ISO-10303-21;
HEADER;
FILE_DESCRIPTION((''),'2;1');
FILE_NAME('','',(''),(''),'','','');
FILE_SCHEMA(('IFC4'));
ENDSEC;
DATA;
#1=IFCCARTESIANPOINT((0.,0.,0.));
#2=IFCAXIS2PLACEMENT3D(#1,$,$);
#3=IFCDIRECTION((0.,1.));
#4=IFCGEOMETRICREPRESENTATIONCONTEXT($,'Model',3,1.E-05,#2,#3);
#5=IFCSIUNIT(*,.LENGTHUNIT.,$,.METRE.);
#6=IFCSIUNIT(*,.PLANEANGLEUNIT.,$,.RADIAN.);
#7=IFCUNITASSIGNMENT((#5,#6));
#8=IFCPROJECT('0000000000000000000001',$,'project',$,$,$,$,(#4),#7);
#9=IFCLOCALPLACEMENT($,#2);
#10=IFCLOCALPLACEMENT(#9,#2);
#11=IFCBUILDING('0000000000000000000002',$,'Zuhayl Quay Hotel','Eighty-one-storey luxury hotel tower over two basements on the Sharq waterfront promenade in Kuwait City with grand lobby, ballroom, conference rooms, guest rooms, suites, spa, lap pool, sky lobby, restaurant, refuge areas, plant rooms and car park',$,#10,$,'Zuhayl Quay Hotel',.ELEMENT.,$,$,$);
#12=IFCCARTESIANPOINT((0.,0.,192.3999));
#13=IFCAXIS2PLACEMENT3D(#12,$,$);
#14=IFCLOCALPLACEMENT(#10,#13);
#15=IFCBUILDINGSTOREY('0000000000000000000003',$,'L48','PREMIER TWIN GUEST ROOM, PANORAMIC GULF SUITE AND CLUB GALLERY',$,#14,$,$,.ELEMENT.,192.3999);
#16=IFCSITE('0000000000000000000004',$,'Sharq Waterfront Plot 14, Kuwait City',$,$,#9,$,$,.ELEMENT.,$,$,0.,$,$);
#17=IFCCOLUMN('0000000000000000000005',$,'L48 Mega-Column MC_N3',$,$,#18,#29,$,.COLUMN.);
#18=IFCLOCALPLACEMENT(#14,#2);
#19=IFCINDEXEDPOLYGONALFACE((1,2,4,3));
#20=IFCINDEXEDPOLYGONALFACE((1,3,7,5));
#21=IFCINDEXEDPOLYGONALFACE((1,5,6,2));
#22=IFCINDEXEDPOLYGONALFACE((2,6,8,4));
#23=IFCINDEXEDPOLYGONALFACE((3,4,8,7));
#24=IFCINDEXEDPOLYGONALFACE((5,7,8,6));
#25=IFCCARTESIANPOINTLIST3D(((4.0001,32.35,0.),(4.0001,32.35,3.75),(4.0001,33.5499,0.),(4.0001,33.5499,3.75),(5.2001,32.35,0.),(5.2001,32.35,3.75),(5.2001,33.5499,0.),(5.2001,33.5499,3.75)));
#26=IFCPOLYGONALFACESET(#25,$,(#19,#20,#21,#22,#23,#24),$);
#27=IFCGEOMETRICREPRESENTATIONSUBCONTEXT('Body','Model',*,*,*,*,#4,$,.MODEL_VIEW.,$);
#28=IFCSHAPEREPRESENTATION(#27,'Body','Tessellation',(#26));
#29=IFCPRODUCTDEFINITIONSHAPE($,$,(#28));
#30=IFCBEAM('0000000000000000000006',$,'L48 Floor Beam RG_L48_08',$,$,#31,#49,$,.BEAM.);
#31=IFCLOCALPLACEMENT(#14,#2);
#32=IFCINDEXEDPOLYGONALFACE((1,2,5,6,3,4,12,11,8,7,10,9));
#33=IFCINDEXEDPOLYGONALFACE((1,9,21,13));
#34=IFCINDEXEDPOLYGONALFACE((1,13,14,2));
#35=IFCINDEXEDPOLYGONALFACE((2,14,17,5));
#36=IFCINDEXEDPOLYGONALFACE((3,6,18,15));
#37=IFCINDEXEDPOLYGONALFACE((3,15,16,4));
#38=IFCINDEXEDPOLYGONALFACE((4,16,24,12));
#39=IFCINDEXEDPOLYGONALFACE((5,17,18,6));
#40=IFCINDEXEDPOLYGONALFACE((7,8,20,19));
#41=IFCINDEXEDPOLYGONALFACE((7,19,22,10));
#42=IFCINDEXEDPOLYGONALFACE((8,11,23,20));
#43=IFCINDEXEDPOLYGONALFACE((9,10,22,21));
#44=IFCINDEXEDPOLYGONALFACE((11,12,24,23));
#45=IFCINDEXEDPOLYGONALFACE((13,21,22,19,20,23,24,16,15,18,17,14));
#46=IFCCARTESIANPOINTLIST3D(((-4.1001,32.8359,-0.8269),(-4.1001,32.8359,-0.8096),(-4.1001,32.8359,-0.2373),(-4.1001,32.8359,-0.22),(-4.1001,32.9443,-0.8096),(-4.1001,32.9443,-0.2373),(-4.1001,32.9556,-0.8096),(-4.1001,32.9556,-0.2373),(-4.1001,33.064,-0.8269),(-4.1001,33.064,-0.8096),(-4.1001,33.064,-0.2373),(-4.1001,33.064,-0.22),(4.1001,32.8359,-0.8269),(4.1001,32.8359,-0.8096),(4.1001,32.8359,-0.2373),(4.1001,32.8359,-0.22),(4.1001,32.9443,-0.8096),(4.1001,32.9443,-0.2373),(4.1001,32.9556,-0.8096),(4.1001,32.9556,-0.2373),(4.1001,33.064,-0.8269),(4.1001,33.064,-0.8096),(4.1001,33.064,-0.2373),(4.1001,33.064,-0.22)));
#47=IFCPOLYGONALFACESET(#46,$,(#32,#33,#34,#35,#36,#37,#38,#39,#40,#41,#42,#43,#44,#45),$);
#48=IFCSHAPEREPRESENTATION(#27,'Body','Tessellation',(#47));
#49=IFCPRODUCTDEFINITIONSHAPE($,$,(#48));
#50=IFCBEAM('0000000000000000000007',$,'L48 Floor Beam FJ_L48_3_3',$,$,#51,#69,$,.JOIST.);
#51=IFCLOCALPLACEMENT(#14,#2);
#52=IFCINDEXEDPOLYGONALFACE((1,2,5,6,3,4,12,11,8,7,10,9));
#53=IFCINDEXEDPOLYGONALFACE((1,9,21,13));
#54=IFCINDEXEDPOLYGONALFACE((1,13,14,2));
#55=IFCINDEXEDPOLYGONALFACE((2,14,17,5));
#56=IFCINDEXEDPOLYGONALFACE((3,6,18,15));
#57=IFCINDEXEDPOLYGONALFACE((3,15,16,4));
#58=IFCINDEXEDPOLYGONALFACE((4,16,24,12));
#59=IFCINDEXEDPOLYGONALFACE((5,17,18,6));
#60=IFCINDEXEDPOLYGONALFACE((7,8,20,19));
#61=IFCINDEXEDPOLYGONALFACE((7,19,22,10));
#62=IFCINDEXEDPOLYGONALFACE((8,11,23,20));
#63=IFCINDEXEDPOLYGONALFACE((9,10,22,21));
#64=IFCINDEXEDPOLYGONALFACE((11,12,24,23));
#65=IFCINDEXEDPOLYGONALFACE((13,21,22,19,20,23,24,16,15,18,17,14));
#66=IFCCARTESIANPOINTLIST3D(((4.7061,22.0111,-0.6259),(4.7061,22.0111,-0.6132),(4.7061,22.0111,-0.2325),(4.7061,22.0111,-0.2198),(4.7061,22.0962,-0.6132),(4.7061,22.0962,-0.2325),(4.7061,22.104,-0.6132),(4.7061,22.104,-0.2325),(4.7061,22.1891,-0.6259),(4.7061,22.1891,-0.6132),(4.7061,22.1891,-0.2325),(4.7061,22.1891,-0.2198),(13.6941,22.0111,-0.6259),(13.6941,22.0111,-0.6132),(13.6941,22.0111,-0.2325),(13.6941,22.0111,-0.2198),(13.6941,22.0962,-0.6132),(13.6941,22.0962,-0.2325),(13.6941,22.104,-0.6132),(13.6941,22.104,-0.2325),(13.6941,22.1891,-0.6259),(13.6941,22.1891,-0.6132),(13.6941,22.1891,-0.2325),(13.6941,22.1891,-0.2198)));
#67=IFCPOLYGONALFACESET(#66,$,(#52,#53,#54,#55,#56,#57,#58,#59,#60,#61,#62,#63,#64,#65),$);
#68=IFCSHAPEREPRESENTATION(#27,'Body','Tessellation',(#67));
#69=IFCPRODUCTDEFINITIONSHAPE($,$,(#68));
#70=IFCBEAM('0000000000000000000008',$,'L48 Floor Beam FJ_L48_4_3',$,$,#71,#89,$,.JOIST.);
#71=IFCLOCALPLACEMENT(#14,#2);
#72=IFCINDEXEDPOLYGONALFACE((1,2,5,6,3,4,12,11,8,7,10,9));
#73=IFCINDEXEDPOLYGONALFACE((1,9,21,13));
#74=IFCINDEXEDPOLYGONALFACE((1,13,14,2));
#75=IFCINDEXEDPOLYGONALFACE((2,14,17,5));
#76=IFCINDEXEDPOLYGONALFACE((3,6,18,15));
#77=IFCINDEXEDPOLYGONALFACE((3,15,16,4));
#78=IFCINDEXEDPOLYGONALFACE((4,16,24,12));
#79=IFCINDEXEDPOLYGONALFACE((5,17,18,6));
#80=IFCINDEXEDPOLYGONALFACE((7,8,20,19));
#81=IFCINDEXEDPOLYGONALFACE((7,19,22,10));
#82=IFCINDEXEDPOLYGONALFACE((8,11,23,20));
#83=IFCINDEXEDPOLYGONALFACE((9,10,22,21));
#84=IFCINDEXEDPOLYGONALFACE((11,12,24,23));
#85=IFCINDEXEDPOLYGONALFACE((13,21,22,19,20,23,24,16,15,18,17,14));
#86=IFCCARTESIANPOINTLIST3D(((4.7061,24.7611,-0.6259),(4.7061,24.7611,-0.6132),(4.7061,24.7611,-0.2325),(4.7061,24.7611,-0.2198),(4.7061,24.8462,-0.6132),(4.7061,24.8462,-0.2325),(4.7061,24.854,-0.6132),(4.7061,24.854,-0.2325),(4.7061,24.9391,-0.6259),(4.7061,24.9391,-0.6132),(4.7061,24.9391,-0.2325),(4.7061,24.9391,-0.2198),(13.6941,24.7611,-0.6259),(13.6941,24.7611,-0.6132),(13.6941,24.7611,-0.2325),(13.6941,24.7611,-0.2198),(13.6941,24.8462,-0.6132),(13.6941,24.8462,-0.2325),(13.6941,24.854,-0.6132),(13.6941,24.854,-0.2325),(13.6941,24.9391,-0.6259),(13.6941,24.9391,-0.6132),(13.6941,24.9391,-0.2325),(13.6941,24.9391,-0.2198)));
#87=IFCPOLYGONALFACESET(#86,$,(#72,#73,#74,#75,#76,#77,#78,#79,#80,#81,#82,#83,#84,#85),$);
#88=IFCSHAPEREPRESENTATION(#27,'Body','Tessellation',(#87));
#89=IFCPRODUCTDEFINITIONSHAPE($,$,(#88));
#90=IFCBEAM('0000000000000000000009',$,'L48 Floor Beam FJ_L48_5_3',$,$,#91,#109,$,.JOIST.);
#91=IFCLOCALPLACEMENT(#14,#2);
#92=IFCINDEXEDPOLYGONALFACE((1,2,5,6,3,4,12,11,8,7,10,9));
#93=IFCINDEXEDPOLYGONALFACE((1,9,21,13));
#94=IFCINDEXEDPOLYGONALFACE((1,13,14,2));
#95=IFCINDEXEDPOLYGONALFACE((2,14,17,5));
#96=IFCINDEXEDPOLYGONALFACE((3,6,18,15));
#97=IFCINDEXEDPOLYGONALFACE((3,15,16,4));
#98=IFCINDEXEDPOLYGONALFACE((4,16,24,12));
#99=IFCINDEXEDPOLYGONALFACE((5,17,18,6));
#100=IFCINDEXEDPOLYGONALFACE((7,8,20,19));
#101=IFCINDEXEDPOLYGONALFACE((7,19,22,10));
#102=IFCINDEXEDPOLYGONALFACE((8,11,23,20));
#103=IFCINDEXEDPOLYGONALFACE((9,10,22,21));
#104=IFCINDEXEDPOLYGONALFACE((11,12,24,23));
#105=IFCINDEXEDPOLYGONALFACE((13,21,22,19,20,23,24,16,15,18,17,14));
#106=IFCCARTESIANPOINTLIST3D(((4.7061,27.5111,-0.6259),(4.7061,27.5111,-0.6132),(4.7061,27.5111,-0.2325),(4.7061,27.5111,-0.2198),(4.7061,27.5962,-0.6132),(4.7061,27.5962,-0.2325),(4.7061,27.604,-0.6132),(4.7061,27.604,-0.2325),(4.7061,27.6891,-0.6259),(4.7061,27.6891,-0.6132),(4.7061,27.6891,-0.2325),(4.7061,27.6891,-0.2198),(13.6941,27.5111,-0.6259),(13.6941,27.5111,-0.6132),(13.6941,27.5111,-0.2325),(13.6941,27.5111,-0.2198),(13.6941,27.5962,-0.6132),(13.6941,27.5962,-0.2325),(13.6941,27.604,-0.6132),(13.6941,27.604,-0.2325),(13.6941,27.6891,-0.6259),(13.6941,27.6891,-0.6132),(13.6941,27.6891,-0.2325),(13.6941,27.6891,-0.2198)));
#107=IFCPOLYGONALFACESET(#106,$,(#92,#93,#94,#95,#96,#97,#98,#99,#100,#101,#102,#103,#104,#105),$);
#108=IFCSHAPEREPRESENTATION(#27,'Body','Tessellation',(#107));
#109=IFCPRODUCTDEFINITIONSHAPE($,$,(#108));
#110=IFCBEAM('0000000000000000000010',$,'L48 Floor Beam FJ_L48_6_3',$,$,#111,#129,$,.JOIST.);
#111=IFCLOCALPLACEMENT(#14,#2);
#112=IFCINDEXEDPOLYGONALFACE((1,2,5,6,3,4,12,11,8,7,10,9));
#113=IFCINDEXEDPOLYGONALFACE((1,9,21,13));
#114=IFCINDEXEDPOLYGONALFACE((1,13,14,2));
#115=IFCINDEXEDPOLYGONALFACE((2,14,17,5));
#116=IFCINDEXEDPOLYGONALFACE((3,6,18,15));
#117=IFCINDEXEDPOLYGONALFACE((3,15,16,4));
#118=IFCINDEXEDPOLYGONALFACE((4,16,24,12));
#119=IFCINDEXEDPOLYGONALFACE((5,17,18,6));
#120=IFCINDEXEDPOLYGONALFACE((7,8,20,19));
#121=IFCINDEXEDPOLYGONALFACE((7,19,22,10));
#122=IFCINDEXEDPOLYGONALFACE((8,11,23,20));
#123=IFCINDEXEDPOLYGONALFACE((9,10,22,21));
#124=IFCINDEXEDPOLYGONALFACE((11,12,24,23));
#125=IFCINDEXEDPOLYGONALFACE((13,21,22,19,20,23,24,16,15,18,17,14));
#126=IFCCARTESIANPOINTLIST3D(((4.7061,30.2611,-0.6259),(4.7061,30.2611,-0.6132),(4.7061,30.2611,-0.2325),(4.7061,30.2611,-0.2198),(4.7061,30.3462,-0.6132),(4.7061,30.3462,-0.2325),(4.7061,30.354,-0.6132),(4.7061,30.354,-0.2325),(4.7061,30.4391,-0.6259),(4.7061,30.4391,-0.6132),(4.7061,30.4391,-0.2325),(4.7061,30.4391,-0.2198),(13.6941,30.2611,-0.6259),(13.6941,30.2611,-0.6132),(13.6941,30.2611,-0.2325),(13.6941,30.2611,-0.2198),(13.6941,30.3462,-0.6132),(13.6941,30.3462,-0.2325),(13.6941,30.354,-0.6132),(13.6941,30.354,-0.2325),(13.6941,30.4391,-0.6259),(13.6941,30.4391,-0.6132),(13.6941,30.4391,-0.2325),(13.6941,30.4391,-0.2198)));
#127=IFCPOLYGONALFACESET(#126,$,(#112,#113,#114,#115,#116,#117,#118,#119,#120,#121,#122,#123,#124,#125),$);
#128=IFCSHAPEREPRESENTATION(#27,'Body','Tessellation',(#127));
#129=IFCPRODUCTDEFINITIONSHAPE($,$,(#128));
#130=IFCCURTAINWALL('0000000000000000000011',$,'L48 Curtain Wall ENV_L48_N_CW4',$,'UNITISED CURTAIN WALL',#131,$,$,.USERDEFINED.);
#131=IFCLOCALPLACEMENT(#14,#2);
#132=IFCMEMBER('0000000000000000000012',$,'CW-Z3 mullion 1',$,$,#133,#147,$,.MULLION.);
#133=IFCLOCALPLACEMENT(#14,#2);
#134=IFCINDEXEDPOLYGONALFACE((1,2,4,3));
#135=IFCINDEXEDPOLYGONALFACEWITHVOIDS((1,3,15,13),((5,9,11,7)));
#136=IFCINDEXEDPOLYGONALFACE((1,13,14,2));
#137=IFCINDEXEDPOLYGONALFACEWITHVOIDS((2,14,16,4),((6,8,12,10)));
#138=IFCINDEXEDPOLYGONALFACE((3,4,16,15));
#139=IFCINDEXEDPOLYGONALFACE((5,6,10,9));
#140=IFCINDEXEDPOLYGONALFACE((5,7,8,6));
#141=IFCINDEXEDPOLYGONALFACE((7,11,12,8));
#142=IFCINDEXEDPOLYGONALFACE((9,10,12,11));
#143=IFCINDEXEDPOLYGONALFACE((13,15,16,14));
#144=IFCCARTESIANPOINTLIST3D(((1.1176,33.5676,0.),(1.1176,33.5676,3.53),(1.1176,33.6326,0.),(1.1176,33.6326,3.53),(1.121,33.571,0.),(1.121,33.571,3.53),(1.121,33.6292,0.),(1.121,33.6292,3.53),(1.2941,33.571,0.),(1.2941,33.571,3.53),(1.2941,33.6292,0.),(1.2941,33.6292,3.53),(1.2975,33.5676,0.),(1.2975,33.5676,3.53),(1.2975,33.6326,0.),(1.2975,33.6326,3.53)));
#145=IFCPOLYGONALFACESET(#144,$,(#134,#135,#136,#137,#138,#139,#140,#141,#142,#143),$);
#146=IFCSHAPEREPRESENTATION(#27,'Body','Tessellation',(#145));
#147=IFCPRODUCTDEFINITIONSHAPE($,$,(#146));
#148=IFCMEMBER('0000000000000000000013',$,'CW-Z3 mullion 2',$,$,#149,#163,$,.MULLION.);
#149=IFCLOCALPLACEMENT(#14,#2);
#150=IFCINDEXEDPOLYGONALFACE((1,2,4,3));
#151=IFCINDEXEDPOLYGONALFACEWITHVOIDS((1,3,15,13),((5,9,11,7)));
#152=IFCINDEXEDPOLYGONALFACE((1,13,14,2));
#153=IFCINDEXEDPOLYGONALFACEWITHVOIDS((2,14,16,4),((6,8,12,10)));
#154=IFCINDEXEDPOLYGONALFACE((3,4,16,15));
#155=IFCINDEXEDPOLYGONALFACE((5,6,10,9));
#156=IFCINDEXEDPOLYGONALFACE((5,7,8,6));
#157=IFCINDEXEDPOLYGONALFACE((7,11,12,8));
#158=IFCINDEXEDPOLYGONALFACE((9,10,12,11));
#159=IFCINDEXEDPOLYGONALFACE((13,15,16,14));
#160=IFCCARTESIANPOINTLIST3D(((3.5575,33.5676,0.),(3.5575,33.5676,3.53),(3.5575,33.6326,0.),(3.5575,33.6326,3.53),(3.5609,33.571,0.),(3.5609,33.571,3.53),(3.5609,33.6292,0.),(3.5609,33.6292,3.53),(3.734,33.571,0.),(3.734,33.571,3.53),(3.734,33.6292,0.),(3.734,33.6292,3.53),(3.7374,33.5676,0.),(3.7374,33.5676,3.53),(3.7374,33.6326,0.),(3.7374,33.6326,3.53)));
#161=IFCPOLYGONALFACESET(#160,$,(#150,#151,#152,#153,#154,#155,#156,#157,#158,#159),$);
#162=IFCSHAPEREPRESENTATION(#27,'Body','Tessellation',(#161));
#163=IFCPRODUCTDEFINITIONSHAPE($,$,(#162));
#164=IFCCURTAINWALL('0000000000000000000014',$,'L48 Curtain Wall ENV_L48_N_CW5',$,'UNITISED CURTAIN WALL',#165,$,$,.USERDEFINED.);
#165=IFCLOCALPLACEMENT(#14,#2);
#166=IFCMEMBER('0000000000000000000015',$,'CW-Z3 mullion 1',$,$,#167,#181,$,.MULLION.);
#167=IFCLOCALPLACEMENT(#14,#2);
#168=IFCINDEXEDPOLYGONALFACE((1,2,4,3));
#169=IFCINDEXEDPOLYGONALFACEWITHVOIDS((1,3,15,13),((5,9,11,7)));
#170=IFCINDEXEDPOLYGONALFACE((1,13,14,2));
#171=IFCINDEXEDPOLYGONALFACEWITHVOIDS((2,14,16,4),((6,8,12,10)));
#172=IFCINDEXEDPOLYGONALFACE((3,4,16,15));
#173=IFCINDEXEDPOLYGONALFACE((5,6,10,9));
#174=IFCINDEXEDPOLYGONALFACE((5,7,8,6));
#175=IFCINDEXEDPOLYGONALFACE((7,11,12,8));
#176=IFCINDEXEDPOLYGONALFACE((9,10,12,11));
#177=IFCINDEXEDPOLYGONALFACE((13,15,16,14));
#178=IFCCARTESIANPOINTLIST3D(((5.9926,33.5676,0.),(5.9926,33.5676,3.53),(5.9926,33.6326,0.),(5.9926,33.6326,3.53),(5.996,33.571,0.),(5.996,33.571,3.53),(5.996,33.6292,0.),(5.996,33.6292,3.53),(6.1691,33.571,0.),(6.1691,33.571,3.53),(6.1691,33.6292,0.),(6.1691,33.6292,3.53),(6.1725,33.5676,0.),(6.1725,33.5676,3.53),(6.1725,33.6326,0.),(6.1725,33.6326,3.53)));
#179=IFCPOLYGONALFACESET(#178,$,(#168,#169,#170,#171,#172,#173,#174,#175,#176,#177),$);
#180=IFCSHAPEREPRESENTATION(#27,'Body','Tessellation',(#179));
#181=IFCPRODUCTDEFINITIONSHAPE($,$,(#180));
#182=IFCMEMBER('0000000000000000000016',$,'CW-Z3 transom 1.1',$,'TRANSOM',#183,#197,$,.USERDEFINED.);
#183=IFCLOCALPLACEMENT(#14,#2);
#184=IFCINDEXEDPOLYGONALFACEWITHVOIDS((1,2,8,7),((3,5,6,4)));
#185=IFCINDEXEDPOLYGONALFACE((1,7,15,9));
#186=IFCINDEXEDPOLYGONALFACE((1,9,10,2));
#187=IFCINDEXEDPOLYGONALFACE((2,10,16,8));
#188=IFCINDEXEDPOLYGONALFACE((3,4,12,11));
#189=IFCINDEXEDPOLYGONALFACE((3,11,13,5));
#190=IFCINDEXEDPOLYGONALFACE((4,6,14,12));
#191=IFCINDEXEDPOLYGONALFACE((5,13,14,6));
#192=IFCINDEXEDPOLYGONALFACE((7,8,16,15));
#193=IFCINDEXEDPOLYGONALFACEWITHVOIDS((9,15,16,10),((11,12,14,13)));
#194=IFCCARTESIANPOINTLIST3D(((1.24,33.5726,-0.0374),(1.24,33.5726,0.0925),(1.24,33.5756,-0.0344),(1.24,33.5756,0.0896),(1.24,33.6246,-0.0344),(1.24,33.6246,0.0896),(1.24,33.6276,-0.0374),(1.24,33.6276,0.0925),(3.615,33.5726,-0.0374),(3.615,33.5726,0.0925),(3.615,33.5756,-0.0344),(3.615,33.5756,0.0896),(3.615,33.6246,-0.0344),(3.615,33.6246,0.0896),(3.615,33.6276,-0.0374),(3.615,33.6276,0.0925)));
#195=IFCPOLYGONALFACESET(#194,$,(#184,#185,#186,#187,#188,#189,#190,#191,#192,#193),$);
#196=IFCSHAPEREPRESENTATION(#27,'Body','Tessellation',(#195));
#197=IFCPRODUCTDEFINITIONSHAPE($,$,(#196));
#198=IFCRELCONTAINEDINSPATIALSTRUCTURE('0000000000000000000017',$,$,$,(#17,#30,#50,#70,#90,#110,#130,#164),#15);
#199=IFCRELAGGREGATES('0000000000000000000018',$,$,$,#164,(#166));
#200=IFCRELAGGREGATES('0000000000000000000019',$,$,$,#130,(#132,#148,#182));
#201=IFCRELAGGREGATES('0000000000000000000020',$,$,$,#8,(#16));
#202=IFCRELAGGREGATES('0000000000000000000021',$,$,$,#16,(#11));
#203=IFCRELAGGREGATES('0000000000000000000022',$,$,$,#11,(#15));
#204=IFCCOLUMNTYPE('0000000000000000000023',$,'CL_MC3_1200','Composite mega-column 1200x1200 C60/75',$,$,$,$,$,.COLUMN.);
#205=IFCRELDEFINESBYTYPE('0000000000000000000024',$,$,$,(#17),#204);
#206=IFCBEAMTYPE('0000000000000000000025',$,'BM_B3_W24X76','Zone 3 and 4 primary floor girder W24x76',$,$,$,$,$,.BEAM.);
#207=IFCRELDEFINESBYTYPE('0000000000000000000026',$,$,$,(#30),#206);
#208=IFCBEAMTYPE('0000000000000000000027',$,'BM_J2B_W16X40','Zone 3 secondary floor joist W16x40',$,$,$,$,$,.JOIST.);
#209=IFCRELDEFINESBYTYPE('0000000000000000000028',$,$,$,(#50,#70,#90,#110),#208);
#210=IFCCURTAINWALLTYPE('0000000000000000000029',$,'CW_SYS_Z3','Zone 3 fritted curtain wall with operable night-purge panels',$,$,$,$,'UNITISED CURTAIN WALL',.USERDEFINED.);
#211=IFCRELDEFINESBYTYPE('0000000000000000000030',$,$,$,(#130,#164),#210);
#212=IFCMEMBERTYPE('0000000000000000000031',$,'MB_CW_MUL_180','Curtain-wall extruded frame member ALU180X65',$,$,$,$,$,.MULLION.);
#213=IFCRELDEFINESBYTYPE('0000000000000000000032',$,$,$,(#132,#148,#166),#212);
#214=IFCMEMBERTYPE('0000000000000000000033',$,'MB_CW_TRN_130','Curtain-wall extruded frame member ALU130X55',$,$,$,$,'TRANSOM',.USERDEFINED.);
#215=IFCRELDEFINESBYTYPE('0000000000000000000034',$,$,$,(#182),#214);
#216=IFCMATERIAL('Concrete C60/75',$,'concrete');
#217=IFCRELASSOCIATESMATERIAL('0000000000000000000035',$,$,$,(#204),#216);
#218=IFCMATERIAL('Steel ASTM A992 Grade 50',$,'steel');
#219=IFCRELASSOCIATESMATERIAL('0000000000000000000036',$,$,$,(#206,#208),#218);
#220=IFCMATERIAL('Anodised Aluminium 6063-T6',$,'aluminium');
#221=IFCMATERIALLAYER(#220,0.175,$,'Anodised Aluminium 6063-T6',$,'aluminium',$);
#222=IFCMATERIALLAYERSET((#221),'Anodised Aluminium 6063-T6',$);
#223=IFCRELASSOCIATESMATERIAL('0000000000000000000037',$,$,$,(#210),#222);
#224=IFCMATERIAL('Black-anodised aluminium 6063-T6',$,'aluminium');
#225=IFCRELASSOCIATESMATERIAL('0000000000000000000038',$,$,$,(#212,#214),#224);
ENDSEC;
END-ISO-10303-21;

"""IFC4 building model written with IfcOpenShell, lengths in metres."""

from ifc_helpers import new_model, si_unit, direction, frame, origin, origin_2d, place, context, subcontext, project, spatial, rectangle, hollow_rectangle, i_section, extrude, material, layer, layer_set, material_profile, profile_set, type_object, element, aggregate, save


model = new_model("IFC4")

# Units and contexts
model_context = context("Model", 3, precision=1e-05, world=origin(), true_north=direction((0.0, 1.0)))
body_context = subcontext(model_context, "Body", "Model", "MODEL_VIEW")
ifc_project = project(units=[si_unit("LENGTHUNIT", "METRE"), si_unit("PLANEANGLEUNIT", "RADIAN")], contexts=[model_context])

# Site, building, storey
site_placement = place(None, origin())
site = spatial("IfcSite", under=ifc_project, at=site_placement, Name="Sharq Waterfront Plot 14, Kuwait City", CompositionType="ELEMENT", RefElevation=0.0)
building_placement = place(site_placement, origin())
building = spatial("IfcBuilding", under=site, at=building_placement, Name="Zuhayl Quay Hotel", Description="Eighty-one-storey luxury hotel tower over two basements on the Sharq waterfront promenade in Kuwait City with grand lobby, ballroom, conference rooms, guest rooms, suites, spa, lap pool, sky lobby, restaurant, refuge areas, plant rooms and car park", LongName="Zuhayl Quay Hotel", CompositionType="ELEMENT")
storey_placement = place(building_placement, frame((0.0, 0.0, 192.3999)))
storey = spatial("IfcBuildingStorey", under=building, at=storey_placement, Name="L48", Description="PREMIER TWIN GUEST ROOM, PANORAMIC GULF SUITE AND CLUB GALLERY", CompositionType="ELEMENT", Elevation=192.3999)

# Column
ifc_material_1 = material(Name="Concrete C60/75", Category="concrete")
ifc_material_profile_1 = material_profile(ifc_material_1, rectangle(XDim=1.2, YDim=1.2, at=origin_2d()), Name="RC1200X1200")
ifc_profile_set_1 = profile_set([ifc_material_profile_1], Name="Concrete C60/75")
column_type = type_object("IfcColumnType", Name="CL_MC3_1200", Description="Composite mega-column 1200x1200 C60/75", PredefinedType="COLUMN", material=ifc_profile_set_1)
column_placement = place(storey_placement, frame((4.6001, 32.95, 0.0), z_axis=(0.0, 0.0, 1.0), x_axis=(1.0, 0.0, 0.0)))
element("IfcColumn", 1, at=column_placement, inside=storey, type_object=column_type, Name="L48 Mega-Column MC_N3", PredefinedType="COLUMN", context=body_context, shape_type="SweptSolid", body=[
    extrude(rectangle(XDim=1.2, YDim=1.2, at=origin_2d()), origin(), (0.0, 0.0, 1.0), 3.75),
])

# Beams
ifc_material_2 = material(Name="Steel ASTM A992 Grade 50", Category="steel")
ifc_material_profile_2 = material_profile(ifc_material_2, i_section(OverallWidth=0.228, OverallDepth=0.6069, WebThickness=0.0112, FlangeThickness=0.0173, at=origin_2d()), Name="W24X76")
ifc_profile_set_2 = profile_set([ifc_material_profile_2], Name="Steel ASTM A992 Grade 50")
beam_type_1 = type_object("IfcBeamType", Name="BM_B3_W24X76", Description="Zone 3 and 4 primary floor girder W24x76", PredefinedType="BEAM", material=ifc_profile_set_2)
beam_placement = place(storey_placement, frame((4.1001, 32.95, -0.5234), z_axis=(-1.0, 0.0, 0.0), x_axis=(0.0, -1.0, 0.0)))
element("IfcBeam", 2, at=beam_placement, inside=storey, type_object=beam_type_1, Name="L48 Floor Beam RG_L48_08", PredefinedType="BEAM", context=body_context, shape_type="SweptSolid", body=[
    extrude(i_section(OverallWidth=0.228, OverallDepth=0.6069, WebThickness=0.0112, FlangeThickness=0.0173, at=origin_2d()), origin(), (0.0, 0.0, 1.0), 8.2002),
])
ifc_material_profile_3 = material_profile(ifc_material_2, i_section(OverallWidth=0.178, OverallDepth=0.406, WebThickness=0.0078, FlangeThickness=0.0127, at=origin_2d()), Name="W16X40")
ifc_profile_set_3 = profile_set([ifc_material_profile_3], Name="Steel ASTM A992 Grade 50")
beam_type_2 = type_object("IfcBeamType", Name="BM_J2B_W16X40", Description="Zone 3 secondary floor joist W16x40", PredefinedType="JOIST", material=ifc_profile_set_3)
for number, where, z_axis, x_axis, name in (
    (3, (4.7061, 22.1001, -0.4229), (1.0, 0.0, 0.0), (0.0, 1.0, 0.0), "L48 Floor Beam FJ_L48_3_3"),
    (4, (4.7061, 24.8501, -0.4229), (1.0, 0.0, 0.0), (0.0, 1.0, 0.0), "L48 Floor Beam FJ_L48_4_3"),
    (5, (4.7061, 27.6001, -0.4229), (1.0, 0.0, 0.0), (0.0, 1.0, 0.0), "L48 Floor Beam FJ_L48_5_3"),
    (6, (4.7061, 30.3501, -0.4229), (1.0, 0.0, 0.0), (0.0, 1.0, 0.0), "L48 Floor Beam FJ_L48_6_3"),
):
    element("IfcBeam", number, at=place(storey_placement, frame(where, z_axis=z_axis, x_axis=x_axis)), inside=storey, type_object=beam_type_2, Name=name, PredefinedType="JOIST", context=body_context, shape_type="SweptSolid", body=[
        extrude(i_section(OverallWidth=0.178, OverallDepth=0.406, WebThickness=0.0078, FlangeThickness=0.0127, at=origin_2d()), origin(), (0.0, 0.0, 1.0), 8.988),
    ])

# Curtain wall, members
ifc_material_3 = material(Name="Anodised Aluminium 6063-T6", Category="aluminium")
ifc_layer_1 = layer(ifc_material_3, 0.175, Name="Anodised Aluminium 6063-T6", Category="aluminium")
ifc_layer_set_1 = layer_set([ifc_layer_1], Name="Anodised Aluminium 6063-T6")
curtain_wall_type = type_object("IfcCurtainWallType", Name="CW_SYS_Z3", Description="Zone 3 fritted curtain wall with operable night-purge panels", ElementType="UNITISED CURTAIN WALL", PredefinedType="USERDEFINED", material=ifc_layer_set_1)
curtain_wall_1_placement = place(storey_placement, origin())
curtain_wall_1 = element("IfcCurtainWall", 7, at=curtain_wall_1_placement, inside=storey, type_object=curtain_wall_type, Name="L48 Curtain Wall ENV_L48_N_CW4", ObjectType="UNITISED CURTAIN WALL", PredefinedType="USERDEFINED")
ifc_material_4 = material(Name="Black-anodised aluminium 6063-T6", Category="aluminium")
ifc_material_profile_4 = material_profile(ifc_material_4, hollow_rectangle(XDim=0.0649, YDim=0.1799, WallThickness=0.0034, at=origin_2d()), Name="ALU180X65")
ifc_profile_set_4 = profile_set([ifc_material_profile_4], Name="Black-anodised aluminium 6063-T6")
member_type_1 = type_object("IfcMemberType", Name="MB_CW_MUL_180", Description="Curtain-wall extruded frame member ALU180X65", PredefinedType="MULLION", material=ifc_profile_set_4)
member_1_placement = place(storey_placement, frame((1.2075, 33.6001, 0.0), z_axis=(0.0, 0.0, 1.0), x_axis=(0.0, 1.0, 0.0)))
member_1 = element("IfcMember", 8, at=member_1_placement, type_object=member_type_1, Name="CW-Z3 mullion 1", PredefinedType="MULLION", context=body_context, shape_type="SweptSolid", body=[
    extrude(hollow_rectangle(XDim=0.0649, YDim=0.1799, WallThickness=0.0034, at=origin_2d()), origin(), (0.0, 0.0, 1.0), 3.53),
])
member_2_placement = place(storey_placement, frame((3.6475, 33.6001, 0.0), z_axis=(0.0, 0.0, 1.0), x_axis=(0.0, 1.0, 0.0)))
member_2 = element("IfcMember", 9, at=member_2_placement, type_object=member_type_1, Name="CW-Z3 mullion 2", PredefinedType="MULLION", context=body_context, shape_type="SweptSolid", body=[
    extrude(hollow_rectangle(XDim=0.0649, YDim=0.1799, WallThickness=0.0034, at=origin_2d()), origin(), (0.0, 0.0, 1.0), 3.53),
])

# Curtain wall, member
curtain_wall_2_placement = place(storey_placement, origin())
curtain_wall_2 = element("IfcCurtainWall", 10, at=curtain_wall_2_placement, inside=storey, type_object=curtain_wall_type, Name="L48 Curtain Wall ENV_L48_N_CW5", ObjectType="UNITISED CURTAIN WALL", PredefinedType="USERDEFINED")
member_3_placement = place(storey_placement, frame((6.0825, 33.6001, 0.0), z_axis=(0.0, 0.0, 1.0), x_axis=(0.0, 1.0, 0.0)))
member_3 = element("IfcMember", 11, at=member_3_placement, type_object=member_type_1, Name="CW-Z3 mullion 1", PredefinedType="MULLION", context=body_context, shape_type="SweptSolid", body=[
    extrude(hollow_rectangle(XDim=0.0649, YDim=0.1799, WallThickness=0.0034, at=origin_2d()), origin(), (0.0, 0.0, 1.0), 3.53),
])

# Member
ifc_material_profile_5 = material_profile(ifc_material_4, hollow_rectangle(XDim=0.0549, YDim=0.1299, WallThickness=0.0029, at=origin_2d()), Name="ALU130X55")
ifc_profile_set_5 = profile_set([ifc_material_profile_5], Name="Black-anodised aluminium 6063-T6")
member_type_2 = type_object("IfcMemberType", Name="MB_CW_TRN_130", Description="Curtain-wall extruded frame member ALU130X55", ElementType="TRANSOM", PredefinedType="USERDEFINED", material=ifc_profile_set_5)
member_4_placement = place(storey_placement, frame((1.24, 33.6001, 0.0276), z_axis=(1.0, 0.0, 0.0), x_axis=(0.0, 1.0, 0.0)))
member_4 = element("IfcMember", 12, at=member_4_placement, type_object=member_type_2, Name="CW-Z3 transom 1.1", ObjectType="TRANSOM", PredefinedType="USERDEFINED", context=body_context, shape_type="SweptSolid", body=[
    extrude(hollow_rectangle(XDim=0.0549, YDim=0.1299, WallThickness=0.0029, at=origin_2d()), origin(), (0.0, 0.0, 1.0), 2.375),
])
aggregate(curtain_wall_2, [member_3])

aggregate(curtain_wall_1, [member_1, member_2, member_4])

save(model, "model.ifc")
